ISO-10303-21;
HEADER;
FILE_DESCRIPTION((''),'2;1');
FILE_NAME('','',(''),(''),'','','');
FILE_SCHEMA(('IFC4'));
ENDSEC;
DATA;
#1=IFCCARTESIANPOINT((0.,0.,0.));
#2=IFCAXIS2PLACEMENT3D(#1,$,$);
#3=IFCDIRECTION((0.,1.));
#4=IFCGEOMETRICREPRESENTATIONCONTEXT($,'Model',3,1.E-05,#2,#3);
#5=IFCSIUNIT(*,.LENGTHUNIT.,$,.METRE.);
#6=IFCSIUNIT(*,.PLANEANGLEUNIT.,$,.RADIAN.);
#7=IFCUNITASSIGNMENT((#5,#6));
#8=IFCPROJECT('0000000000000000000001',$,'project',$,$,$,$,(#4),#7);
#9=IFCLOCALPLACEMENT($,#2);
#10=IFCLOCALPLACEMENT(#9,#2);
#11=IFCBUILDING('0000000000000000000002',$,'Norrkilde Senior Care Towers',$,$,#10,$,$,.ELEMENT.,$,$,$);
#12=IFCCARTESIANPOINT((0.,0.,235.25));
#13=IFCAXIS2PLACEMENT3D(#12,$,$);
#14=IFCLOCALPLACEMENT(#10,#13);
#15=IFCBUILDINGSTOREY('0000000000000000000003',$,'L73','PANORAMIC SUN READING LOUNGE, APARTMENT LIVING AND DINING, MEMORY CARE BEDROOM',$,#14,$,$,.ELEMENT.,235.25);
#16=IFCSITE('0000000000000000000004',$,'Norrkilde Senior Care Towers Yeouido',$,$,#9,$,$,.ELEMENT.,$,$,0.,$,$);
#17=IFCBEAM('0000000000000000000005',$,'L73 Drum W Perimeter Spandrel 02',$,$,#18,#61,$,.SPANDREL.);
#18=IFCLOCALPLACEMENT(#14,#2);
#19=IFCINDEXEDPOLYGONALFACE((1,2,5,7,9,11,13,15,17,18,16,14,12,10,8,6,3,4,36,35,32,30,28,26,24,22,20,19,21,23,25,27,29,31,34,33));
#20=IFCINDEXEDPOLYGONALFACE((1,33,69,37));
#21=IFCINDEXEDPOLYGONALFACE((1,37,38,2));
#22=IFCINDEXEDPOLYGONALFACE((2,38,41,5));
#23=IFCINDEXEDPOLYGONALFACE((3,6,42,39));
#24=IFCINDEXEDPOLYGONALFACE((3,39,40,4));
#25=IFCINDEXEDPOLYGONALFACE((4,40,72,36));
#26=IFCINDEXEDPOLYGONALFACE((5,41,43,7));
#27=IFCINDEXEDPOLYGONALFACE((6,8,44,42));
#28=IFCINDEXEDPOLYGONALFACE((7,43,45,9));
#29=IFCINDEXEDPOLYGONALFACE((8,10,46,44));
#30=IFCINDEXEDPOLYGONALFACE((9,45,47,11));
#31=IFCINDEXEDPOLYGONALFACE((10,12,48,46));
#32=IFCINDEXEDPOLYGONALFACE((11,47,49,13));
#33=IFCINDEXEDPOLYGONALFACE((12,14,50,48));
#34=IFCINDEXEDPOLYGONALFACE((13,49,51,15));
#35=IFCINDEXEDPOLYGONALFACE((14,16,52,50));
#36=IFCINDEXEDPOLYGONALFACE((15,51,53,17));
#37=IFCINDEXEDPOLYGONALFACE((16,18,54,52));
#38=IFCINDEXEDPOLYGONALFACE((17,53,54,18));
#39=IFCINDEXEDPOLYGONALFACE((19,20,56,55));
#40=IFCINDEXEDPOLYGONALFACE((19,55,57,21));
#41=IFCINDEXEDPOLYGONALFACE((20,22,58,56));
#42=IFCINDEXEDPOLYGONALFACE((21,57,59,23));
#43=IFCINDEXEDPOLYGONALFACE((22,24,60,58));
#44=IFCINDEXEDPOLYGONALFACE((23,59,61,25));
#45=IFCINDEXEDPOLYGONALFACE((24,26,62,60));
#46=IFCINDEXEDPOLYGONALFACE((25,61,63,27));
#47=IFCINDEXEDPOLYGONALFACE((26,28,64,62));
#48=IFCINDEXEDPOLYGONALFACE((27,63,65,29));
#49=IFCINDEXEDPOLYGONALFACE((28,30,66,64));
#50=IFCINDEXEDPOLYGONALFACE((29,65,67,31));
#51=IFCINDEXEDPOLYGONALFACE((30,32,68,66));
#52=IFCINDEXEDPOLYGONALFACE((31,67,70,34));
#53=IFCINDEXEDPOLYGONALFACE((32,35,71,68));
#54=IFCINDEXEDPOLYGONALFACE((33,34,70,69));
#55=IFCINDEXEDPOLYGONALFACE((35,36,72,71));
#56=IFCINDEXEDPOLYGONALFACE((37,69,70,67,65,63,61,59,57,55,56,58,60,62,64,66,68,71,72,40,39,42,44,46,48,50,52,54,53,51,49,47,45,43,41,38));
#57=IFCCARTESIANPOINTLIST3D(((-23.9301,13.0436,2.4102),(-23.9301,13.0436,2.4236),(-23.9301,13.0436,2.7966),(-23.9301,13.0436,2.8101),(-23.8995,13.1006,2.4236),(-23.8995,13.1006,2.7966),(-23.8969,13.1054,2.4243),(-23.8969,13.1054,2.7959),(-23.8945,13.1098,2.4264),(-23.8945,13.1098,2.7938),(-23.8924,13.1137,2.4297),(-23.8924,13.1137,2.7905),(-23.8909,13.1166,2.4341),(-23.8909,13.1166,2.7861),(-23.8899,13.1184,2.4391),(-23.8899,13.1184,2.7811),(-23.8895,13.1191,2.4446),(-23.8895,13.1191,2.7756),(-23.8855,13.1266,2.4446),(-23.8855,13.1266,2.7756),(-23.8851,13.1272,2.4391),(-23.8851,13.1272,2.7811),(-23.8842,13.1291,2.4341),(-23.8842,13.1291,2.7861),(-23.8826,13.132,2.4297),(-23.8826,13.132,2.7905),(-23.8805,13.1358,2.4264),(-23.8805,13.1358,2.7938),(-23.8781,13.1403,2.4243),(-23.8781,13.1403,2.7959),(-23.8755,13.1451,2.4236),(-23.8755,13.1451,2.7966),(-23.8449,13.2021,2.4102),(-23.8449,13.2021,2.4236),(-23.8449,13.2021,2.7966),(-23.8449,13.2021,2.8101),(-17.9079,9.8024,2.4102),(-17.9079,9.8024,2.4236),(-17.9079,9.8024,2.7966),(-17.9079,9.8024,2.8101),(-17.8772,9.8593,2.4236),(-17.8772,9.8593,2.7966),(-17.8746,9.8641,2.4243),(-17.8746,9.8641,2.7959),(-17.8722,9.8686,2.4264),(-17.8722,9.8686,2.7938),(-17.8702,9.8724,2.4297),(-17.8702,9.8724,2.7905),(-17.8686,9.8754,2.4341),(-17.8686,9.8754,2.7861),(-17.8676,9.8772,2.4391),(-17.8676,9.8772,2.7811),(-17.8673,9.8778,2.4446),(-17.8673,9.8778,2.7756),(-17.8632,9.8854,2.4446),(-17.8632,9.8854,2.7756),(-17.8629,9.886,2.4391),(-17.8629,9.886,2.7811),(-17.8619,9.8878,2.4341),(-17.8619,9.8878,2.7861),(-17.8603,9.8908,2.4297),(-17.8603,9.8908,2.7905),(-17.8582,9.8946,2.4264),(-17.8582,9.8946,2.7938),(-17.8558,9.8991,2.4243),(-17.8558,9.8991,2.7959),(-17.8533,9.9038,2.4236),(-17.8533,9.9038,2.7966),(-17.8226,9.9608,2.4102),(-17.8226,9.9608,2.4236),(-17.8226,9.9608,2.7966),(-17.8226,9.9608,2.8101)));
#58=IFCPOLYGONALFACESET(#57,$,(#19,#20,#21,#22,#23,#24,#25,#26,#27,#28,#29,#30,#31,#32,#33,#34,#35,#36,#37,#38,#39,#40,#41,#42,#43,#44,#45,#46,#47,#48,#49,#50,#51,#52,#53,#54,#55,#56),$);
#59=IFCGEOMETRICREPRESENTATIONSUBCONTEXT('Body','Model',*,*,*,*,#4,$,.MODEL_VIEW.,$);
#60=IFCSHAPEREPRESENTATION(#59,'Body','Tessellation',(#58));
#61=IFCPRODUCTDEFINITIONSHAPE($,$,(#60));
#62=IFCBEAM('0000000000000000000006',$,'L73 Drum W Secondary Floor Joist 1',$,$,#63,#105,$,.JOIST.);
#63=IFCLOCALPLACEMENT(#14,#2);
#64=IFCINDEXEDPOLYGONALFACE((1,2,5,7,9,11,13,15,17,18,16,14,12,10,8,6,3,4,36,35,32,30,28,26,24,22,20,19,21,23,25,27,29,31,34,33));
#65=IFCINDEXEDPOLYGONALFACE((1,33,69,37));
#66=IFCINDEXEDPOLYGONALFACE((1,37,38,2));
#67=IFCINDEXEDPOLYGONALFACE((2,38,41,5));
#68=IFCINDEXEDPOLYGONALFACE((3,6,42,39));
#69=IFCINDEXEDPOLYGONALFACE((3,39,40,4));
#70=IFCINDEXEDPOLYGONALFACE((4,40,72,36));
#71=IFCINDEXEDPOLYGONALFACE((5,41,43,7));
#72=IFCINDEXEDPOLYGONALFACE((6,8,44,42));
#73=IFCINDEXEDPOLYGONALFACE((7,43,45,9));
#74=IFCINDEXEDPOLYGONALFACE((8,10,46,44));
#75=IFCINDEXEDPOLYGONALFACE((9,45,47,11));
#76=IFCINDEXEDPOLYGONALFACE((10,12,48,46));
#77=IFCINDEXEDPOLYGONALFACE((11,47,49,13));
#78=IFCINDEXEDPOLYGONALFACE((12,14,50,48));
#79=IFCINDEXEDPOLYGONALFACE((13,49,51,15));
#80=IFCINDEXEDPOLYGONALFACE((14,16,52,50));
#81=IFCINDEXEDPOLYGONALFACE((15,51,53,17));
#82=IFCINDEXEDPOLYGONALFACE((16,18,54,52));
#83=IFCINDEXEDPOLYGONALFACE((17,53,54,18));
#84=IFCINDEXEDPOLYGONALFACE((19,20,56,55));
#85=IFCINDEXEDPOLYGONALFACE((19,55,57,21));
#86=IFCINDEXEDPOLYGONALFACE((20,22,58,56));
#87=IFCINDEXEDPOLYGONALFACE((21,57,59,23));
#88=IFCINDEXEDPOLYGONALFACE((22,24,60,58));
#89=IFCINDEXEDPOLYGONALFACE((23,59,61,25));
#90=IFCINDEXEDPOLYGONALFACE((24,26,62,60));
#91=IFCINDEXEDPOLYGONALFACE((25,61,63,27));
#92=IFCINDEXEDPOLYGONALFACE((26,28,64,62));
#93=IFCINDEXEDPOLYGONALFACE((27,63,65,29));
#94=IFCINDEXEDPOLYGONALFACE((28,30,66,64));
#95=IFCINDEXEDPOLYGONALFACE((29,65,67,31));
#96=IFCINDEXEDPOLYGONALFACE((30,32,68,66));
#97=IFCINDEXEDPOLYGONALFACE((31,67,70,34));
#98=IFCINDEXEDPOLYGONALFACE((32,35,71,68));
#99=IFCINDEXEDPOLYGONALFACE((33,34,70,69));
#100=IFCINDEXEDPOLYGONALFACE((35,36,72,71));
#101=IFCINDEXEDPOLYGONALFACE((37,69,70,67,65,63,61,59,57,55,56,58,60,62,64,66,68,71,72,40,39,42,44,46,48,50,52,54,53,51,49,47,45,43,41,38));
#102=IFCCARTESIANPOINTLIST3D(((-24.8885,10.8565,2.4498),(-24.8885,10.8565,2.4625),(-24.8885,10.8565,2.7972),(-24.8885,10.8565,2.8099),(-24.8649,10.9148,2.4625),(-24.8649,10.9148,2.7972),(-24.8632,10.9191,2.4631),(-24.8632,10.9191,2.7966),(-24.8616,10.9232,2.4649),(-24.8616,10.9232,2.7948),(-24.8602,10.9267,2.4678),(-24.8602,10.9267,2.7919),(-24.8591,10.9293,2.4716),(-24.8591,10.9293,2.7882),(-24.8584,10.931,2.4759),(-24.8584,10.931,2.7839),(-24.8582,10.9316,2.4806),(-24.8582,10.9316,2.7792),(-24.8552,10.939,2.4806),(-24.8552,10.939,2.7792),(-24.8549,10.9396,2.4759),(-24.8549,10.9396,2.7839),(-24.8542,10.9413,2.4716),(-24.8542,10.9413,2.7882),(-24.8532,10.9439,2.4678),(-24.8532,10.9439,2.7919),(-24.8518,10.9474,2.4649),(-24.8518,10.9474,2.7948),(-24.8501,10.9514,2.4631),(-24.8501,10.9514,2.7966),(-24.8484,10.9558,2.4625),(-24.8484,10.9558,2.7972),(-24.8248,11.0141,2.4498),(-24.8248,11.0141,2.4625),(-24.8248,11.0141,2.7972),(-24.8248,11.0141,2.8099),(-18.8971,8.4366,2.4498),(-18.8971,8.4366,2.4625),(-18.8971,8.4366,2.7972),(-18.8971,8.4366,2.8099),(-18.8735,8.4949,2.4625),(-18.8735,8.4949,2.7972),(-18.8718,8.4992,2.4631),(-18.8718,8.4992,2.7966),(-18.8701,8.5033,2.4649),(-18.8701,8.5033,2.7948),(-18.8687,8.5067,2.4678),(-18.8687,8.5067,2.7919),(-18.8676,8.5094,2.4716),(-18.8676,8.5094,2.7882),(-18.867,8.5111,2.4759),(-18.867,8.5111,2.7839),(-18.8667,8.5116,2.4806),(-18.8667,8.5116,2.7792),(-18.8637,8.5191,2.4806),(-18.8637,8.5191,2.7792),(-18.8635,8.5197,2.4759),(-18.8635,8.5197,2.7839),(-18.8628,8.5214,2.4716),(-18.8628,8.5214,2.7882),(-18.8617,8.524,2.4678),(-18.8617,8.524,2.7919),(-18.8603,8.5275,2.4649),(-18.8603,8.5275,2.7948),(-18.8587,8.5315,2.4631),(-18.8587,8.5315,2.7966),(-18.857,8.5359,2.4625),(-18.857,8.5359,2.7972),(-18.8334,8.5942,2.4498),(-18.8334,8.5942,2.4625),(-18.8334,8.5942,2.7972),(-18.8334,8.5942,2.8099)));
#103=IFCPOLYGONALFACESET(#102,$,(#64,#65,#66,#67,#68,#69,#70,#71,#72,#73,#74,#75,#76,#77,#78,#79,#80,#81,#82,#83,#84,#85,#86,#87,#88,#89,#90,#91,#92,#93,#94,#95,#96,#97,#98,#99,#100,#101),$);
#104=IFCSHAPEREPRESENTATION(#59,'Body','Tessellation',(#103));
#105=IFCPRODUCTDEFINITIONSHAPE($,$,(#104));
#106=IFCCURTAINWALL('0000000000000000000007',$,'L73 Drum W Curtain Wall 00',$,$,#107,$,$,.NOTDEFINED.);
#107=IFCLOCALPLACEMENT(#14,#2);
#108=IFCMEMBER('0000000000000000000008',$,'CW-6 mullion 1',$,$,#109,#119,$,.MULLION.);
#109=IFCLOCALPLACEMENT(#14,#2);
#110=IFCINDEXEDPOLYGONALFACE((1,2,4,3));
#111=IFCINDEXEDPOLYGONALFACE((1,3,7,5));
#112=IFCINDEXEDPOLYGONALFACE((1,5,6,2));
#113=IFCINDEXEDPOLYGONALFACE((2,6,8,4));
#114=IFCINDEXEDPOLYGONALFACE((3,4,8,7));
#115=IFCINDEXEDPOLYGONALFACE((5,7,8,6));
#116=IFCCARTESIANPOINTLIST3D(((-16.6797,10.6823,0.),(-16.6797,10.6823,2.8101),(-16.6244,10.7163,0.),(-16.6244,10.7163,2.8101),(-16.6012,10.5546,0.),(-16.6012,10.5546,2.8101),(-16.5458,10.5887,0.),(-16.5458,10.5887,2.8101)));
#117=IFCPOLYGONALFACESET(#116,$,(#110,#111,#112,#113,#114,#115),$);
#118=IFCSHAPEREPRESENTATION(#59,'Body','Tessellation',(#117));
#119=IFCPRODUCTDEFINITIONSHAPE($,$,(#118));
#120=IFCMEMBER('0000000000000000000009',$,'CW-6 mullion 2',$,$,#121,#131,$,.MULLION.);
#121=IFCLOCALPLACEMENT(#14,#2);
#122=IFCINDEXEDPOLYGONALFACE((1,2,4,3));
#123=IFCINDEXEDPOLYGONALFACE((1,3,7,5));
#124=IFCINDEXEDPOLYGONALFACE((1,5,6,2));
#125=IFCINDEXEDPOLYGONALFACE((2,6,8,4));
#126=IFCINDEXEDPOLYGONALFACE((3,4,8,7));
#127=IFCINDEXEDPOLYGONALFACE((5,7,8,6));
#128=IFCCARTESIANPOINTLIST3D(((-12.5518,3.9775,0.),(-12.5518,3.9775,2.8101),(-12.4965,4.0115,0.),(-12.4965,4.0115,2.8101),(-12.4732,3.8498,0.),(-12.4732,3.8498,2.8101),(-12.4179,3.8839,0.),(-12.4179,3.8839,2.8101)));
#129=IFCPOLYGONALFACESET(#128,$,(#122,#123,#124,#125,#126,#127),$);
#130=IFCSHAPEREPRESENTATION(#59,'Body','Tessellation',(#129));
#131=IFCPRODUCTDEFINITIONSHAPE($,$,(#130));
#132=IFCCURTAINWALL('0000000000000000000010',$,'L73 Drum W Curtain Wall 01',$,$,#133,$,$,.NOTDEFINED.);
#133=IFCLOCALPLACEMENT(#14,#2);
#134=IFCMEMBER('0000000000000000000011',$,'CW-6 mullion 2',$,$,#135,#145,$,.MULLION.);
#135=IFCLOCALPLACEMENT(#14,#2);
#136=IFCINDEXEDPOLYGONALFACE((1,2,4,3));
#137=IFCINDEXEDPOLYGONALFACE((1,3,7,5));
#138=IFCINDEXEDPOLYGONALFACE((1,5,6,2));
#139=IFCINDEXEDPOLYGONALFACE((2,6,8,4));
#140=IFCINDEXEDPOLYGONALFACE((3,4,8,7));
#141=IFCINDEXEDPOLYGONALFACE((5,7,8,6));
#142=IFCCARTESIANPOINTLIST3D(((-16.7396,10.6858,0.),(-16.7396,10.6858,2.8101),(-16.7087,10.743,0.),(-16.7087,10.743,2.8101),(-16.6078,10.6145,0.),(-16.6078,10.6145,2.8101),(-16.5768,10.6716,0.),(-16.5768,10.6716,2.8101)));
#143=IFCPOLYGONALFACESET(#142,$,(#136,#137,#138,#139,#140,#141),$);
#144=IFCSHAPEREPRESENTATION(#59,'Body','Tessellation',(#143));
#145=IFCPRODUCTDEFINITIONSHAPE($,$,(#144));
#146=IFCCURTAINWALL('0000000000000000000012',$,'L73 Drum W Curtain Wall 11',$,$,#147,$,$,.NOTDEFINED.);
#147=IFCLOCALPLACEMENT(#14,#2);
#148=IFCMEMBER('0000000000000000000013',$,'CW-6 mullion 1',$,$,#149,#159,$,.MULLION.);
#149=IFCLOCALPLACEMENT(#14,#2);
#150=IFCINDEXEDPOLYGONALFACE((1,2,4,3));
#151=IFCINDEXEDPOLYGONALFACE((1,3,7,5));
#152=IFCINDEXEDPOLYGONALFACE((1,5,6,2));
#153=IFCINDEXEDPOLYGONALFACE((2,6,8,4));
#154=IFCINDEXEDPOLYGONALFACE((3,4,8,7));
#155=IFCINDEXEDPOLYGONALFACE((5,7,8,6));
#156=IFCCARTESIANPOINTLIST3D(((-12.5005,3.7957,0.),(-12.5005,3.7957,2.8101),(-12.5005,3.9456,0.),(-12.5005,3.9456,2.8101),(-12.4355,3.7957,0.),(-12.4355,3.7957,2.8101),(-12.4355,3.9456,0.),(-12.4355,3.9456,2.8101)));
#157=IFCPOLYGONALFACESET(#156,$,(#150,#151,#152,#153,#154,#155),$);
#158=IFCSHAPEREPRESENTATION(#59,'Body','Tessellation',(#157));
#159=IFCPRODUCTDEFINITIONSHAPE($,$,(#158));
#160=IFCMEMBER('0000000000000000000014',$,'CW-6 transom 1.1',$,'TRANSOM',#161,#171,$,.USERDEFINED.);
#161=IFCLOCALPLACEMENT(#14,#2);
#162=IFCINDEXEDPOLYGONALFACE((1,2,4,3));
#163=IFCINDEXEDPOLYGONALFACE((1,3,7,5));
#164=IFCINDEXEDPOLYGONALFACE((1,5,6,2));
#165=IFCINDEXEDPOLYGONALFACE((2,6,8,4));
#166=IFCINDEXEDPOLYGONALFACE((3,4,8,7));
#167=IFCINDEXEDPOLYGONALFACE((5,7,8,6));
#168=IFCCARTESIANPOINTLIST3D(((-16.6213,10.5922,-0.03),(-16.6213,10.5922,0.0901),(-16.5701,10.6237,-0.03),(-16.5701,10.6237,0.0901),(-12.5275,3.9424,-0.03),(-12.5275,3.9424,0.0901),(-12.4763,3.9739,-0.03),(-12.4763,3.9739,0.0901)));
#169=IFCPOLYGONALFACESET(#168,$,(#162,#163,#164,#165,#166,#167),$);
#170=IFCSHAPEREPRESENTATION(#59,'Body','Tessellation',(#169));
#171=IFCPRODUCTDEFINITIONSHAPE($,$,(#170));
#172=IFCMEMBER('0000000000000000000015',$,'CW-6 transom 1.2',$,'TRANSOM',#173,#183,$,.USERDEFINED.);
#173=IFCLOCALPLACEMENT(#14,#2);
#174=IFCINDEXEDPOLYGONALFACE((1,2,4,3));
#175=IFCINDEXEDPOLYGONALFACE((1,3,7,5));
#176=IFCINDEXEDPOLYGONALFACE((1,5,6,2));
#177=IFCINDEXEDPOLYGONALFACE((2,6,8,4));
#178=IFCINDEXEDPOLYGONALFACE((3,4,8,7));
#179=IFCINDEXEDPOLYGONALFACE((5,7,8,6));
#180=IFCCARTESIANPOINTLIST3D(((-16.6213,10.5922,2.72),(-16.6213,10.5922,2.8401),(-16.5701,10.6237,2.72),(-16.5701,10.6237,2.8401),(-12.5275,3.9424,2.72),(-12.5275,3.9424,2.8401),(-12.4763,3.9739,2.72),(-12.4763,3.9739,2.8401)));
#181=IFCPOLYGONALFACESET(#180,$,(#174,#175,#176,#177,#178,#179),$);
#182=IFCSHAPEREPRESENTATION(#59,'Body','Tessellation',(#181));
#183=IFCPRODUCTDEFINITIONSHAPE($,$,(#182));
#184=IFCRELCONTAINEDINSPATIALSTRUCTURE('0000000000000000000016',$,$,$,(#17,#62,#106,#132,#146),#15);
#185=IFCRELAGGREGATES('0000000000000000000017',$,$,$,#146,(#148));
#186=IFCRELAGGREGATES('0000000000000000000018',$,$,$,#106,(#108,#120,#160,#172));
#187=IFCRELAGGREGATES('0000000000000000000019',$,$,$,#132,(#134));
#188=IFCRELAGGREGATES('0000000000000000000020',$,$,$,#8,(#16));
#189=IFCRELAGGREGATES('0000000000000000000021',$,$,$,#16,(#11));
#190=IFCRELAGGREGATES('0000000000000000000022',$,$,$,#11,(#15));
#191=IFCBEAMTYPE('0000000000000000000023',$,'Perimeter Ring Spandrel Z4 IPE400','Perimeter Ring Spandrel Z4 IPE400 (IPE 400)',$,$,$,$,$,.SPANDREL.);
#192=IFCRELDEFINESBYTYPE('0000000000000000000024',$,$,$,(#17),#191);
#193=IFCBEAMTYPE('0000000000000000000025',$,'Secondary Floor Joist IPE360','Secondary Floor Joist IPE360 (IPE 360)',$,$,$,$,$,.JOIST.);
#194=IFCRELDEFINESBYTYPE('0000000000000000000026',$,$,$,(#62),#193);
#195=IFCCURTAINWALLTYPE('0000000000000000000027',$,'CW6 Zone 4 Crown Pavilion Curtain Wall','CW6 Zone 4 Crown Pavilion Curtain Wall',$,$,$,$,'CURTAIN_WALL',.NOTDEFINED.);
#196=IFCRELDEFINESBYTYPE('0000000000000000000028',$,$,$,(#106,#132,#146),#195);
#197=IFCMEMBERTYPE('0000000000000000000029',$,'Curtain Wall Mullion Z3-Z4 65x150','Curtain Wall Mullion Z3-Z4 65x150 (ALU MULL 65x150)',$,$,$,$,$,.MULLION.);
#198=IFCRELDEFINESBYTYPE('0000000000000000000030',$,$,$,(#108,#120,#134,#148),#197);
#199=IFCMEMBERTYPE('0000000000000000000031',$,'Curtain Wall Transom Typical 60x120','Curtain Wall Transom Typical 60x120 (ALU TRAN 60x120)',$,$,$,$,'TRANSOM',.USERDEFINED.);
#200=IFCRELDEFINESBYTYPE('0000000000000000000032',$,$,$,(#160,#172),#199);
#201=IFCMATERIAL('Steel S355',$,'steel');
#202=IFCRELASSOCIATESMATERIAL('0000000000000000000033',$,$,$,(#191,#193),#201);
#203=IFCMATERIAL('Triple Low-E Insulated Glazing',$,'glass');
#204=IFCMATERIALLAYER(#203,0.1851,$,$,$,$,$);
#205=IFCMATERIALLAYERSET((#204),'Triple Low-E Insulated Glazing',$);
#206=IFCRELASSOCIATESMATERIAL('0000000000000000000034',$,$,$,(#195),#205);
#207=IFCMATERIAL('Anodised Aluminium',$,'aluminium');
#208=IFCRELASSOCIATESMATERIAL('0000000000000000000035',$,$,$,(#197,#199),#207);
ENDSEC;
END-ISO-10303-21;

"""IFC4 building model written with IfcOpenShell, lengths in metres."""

from ifc_helpers import new_model, si_unit, direction, frame, origin, origin_2d, place, context, subcontext, project, spatial, rectangle, i_section, extrude, source, transform, mapped, material, layer, layer_set, material_profile, profile_set, type_object, type_shapes, element, aggregate, save


model = new_model("IFC4")

# Units and contexts
model_context = context("Model", 3, precision=1e-05, world=origin(), true_north=direction((0.0, 1.0)))
body_context = subcontext(model_context, "Body", "Model", "MODEL_VIEW")
ifc_project = project(units=[si_unit("LENGTHUNIT", "METRE"), si_unit("PLANEANGLEUNIT", "RADIAN")], contexts=[model_context])

# Site, building, storey
site_placement = place(None, origin())
site = spatial("IfcSite", under=ifc_project, at=site_placement, Name="Norrkilde Senior Care Towers Yeouido", CompositionType="ELEMENT", RefElevation=0.0)
building_placement = place(site_placement, origin())
building = spatial("IfcBuilding", under=site, at=building_placement, Name="Norrkilde Senior Care Towers", CompositionType="ELEMENT")
storey_placement = place(building_placement, frame((0.0, 0.0, 235.25)))
storey = spatial("IfcBuildingStorey", under=building, at=storey_placement, Name="L73", Description="PANORAMIC SUN READING LOUNGE, APARTMENT LIVING AND DINING, MEMORY CARE BEDROOM", CompositionType="ELEMENT", Elevation=235.25)

# Beams
ifc_material_1 = material(Name="Steel S355", Category="steel")
ifc_material_profile_1 = material_profile(ifc_material_1, i_section(OverallWidth=0.1799, OverallDepth=0.3999, WebThickness=0.0085, FlangeThickness=0.0134, FilletRadius=0.021, at=origin_2d()), Name="IPE 400")
ifc_profile_set_1 = profile_set([ifc_material_profile_1], Name="Steel S355")
beam_type_1 = type_object("IfcBeamType", Name="Perimeter Ring Spandrel Z4 IPE400", Description="Perimeter Ring Spandrel Z4 IPE400 (IPE 400)", PredefinedType="SPANDREL", material=ifc_profile_set_1)
shared_shape_1 = source(origin(), body_context, "Body", "SweptSolid", [
    extrude(i_section(OverallWidth=0.1799, OverallDepth=0.3999, WebThickness=0.0085, FlangeThickness=0.0134, FilletRadius=0.021, at=origin_2d()), origin(), (0.0, 0.0, 1.0), 6.8391),
])
beam_1_placement = place(storey_placement, frame((-17.8652, 9.8816, 2.6101), z_axis=(-0.880564, 0.473927, 0.0), x_axis=(-0.473927, -0.880564, 0.0)))
element("IfcBeam", 1, at=beam_1_placement, inside=storey, type_object=beam_type_1, Name="L73 Drum W Perimeter Spandrel 02", PredefinedType="SPANDREL", context=body_context, shape_type="MappedRepresentation", body=[
    mapped(shared_shape_1, transform((0.0, 0.0, 0.0), x_axis=(1.0, 0.0, 0.0), y_axis=(0.0, 1.0, 0.0), z_axis=(0.0, 0.0, 1.0), scale=1.0)),
])
ifc_material_profile_2 = material_profile(ifc_material_1, i_section(OverallWidth=0.1699, OverallDepth=0.3601, WebThickness=0.0081, FlangeThickness=0.0127, FilletRadius=0.0181, at=origin_2d()), Name="IPE 360")
ifc_profile_set_2 = profile_set([ifc_material_profile_2], Name="Steel S355")
beam_type_2 = type_object("IfcBeamType", Name="Secondary Floor Joist IPE360", Description="Secondary Floor Joist IPE360 (IPE 360)", PredefinedType="JOIST", material=ifc_profile_set_2)
shared_shape_2 = source(origin(), body_context, "Body", "SweptSolid", [
    extrude(i_section(OverallWidth=0.1699, OverallDepth=0.3601, WebThickness=0.0081, FlangeThickness=0.0127, FilletRadius=0.0181, at=origin_2d()), origin(), (0.0, 0.0, 1.0), 6.4617),
])
type_shapes(beam_type_2, [shared_shape_2])
beam_2_placement = place(storey_placement, frame((-18.8652, 8.5154, 2.6299), z_axis=(-0.927226, 0.374502, 0.0), x_axis=(-0.374502, -0.927226, 0.0)))
element("IfcBeam", 2, at=beam_2_placement, inside=storey, type_object=beam_type_2, Name="L73 Drum W Secondary Floor Joist 1", PredefinedType="JOIST", context=body_context, shape_type="MappedRepresentation", body=[
    mapped(shared_shape_2, transform((0.0, 0.0, 0.0), x_axis=(1.0, 0.0, 0.0), y_axis=(0.0, 1.0, 0.0), z_axis=(0.0, 0.0, 1.0), scale=1.0)),
])

# Curtain wall, members
ifc_material_2 = material(Name="Triple Low-E Insulated Glazing", Category="glass")
ifc_layer_1 = layer(ifc_material_2, 0.1851)
ifc_layer_set_1 = layer_set([ifc_layer_1], Name="Triple Low-E Insulated Glazing")
curtain_wall_type = type_object("IfcCurtainWallType", Name="CW6 Zone 4 Crown Pavilion Curtain Wall", Description="CW6 Zone 4 Crown Pavilion Curtain Wall", ElementType="CURTAIN_WALL", PredefinedType="NOTDEFINED", material=ifc_layer_set_1)
curtain_wall_1_placement = place(storey_placement, origin())
curtain_wall_1 = element("IfcCurtainWall", 3, at=curtain_wall_1_placement, inside=storey, type_object=curtain_wall_type, Name="L73 Drum W Curtain Wall 00", PredefinedType="NOTDEFINED")
ifc_material_3 = material(Name="Anodised Aluminium", Category="aluminium")
ifc_material_profile_3 = material_profile(ifc_material_3, rectangle(XDim=0.0649, YDim=0.1499, at=origin_2d()), Name="ALU MULL 65x150")
ifc_profile_set_3 = profile_set([ifc_material_profile_3], Name="Anodised Aluminium")
member_type_1 = type_object("IfcMemberType", Name="Curtain Wall Mullion Z3-Z4 65x150", Description="Curtain Wall Mullion Z3-Z4 65x150 (ALU MULL 65x150)", PredefinedType="MULLION", material=ifc_profile_set_3)
shared_shape_3 = source(origin(), body_context, "Body", "SweptSolid", [
    extrude(rectangle(XDim=0.0649, YDim=0.1499, at=origin_2d()), origin(), (0.0, 0.0, 1.0), 2.8101),
])
type_shapes(member_type_1, [shared_shape_3])
member_1_placement = place(storey_placement, frame((-16.6128, 10.6355, 0.0), z_axis=(0.0, 0.0, 1.0), x_axis=(0.851563, 0.524253, 0.0)))
member_1 = element("IfcMember", 4, at=member_1_placement, type_object=member_type_1, Name="CW-6 mullion 1", PredefinedType="MULLION", context=body_context, shape_type="MappedRepresentation", body=[
    mapped(shared_shape_3, transform((0.0, 0.0, 0.0), x_axis=(1.0, 0.0, 0.0), y_axis=(0.0, 1.0, 0.0), z_axis=(0.0, 0.0, 1.0), scale=1.0)),
])
member_2_placement = place(storey_placement, frame((-12.4849, 3.9307, 0.0), z_axis=(0.0, 0.0, 1.0), x_axis=(0.851563, 0.524253, 0.0)))
member_2 = element("IfcMember", 5, at=member_2_placement, type_object=member_type_1, Name="CW-6 mullion 2", PredefinedType="MULLION", context=body_context, shape_type="MappedRepresentation", body=[
    mapped(shared_shape_3, transform((0.0, 0.0, 0.0), x_axis=(1.0, 0.0, 0.0), y_axis=(0.0, 1.0, 0.0), z_axis=(0.0, 0.0, 1.0), scale=1.0)),
])

# Curtain walls, members
curtain_wall_2_placement = place(storey_placement, origin())
curtain_wall_2 = element("IfcCurtainWall", 6, at=curtain_wall_2_placement, inside=storey, type_object=curtain_wall_type, Name="L73 Drum W Curtain Wall 01", PredefinedType="NOTDEFINED")
member_3_placement = place(storey_placement, frame((-16.6582, 10.6787, 0.0), z_axis=(0.0, 0.0, 1.0), x_axis=(0.476133, 0.879373, 0.0)))
member_3 = element("IfcMember", 7, at=member_3_placement, type_object=member_type_1, Name="CW-6 mullion 2", PredefinedType="MULLION", context=body_context, shape_type="MappedRepresentation", body=[
    mapped(shared_shape_3, transform((0.0, 0.0, 0.0), x_axis=(1.0, 0.0, 0.0), y_axis=(0.0, 1.0, 0.0), z_axis=(0.0, 0.0, 1.0), scale=1.0)),
])
curtain_wall_3_placement = place(storey_placement, origin())
curtain_wall_3 = element("IfcCurtainWall", 8, at=curtain_wall_3_placement, inside=storey, type_object=curtain_wall_type, Name="L73 Drum W Curtain Wall 11", PredefinedType="NOTDEFINED")
member_4_placement = place(storey_placement, frame((-12.468, 3.8706, 0.0), z_axis=(0.0, 0.0, 1.0), x_axis=(1.0, 0.0, 0.0)))
member_4 = element("IfcMember", 9, at=member_4_placement, type_object=member_type_1, Name="CW-6 mullion 1", PredefinedType="MULLION", context=body_context, shape_type="MappedRepresentation", body=[
    mapped(shared_shape_3, transform((0.0, 0.0, 0.0), x_axis=(1.0, 0.0, 0.0), y_axis=(0.0, 1.0, 0.0), z_axis=(0.0, 0.0, 1.0), scale=1.0)),
])

# Members
ifc_material_profile_4 = material_profile(ifc_material_3, rectangle(XDim=0.0601, YDim=0.1201, at=origin_2d()), Name="ALU TRAN 60x120")
ifc_profile_set_4 = profile_set([ifc_material_profile_4], Name="Anodised Aluminium")
member_type_2 = type_object("IfcMemberType", Name="Curtain Wall Transom Typical 60x120", Description="Curtain Wall Transom Typical 60x120 (ALU TRAN 60x120)", ElementType="TRANSOM", PredefinedType="USERDEFINED", material=ifc_profile_set_4)
shared_shape_4 = source(origin(), body_context, "Body", "SweptSolid", [
    extrude(rectangle(XDim=0.0601, YDim=0.1201, at=origin_2d()), origin(), (0.0, 0.0, 1.0), 7.8088),
])
member_5_placement = place(storey_placement, frame((-16.5957, 10.6079, 0.03), z_axis=(0.524251, -0.851564, 0.0), x_axis=(0.851564, 0.524251, 0.0)))
member_5 = element("IfcMember", 10, at=member_5_placement, type_object=member_type_2, Name="CW-6 transom 1.1", ObjectType="TRANSOM", PredefinedType="USERDEFINED", context=body_context, shape_type="MappedRepresentation", body=[
    mapped(shared_shape_4, transform((0.0, 0.0, 0.0), x_axis=(1.0, 0.0, 0.0), y_axis=(0.0, 1.0, 0.0), z_axis=(0.0, 0.0, 1.0), scale=1.0)),
])
member_6_placement = place(storey_placement, frame((-16.5957, 10.6079, 2.78), z_axis=(0.524251, -0.851564, 0.0), x_axis=(0.851564, 0.524251, 0.0)))
member_6 = element("IfcMember", 11, at=member_6_placement, type_object=member_type_2, Name="CW-6 transom 1.2", ObjectType="TRANSOM", PredefinedType="USERDEFINED", context=body_context, shape_type="MappedRepresentation", body=[
    mapped(shared_shape_4, transform((0.0, 0.0, 0.0), x_axis=(1.0, 0.0, 0.0), y_axis=(0.0, 1.0, 0.0), z_axis=(0.0, 0.0, 1.0), scale=1.0)),
])
aggregate(curtain_wall_3, [member_4])

aggregate(curtain_wall_1, [member_1, member_2, member_5, member_6])
aggregate(curtain_wall_2, [member_3])

save(model, "model.ifc")
